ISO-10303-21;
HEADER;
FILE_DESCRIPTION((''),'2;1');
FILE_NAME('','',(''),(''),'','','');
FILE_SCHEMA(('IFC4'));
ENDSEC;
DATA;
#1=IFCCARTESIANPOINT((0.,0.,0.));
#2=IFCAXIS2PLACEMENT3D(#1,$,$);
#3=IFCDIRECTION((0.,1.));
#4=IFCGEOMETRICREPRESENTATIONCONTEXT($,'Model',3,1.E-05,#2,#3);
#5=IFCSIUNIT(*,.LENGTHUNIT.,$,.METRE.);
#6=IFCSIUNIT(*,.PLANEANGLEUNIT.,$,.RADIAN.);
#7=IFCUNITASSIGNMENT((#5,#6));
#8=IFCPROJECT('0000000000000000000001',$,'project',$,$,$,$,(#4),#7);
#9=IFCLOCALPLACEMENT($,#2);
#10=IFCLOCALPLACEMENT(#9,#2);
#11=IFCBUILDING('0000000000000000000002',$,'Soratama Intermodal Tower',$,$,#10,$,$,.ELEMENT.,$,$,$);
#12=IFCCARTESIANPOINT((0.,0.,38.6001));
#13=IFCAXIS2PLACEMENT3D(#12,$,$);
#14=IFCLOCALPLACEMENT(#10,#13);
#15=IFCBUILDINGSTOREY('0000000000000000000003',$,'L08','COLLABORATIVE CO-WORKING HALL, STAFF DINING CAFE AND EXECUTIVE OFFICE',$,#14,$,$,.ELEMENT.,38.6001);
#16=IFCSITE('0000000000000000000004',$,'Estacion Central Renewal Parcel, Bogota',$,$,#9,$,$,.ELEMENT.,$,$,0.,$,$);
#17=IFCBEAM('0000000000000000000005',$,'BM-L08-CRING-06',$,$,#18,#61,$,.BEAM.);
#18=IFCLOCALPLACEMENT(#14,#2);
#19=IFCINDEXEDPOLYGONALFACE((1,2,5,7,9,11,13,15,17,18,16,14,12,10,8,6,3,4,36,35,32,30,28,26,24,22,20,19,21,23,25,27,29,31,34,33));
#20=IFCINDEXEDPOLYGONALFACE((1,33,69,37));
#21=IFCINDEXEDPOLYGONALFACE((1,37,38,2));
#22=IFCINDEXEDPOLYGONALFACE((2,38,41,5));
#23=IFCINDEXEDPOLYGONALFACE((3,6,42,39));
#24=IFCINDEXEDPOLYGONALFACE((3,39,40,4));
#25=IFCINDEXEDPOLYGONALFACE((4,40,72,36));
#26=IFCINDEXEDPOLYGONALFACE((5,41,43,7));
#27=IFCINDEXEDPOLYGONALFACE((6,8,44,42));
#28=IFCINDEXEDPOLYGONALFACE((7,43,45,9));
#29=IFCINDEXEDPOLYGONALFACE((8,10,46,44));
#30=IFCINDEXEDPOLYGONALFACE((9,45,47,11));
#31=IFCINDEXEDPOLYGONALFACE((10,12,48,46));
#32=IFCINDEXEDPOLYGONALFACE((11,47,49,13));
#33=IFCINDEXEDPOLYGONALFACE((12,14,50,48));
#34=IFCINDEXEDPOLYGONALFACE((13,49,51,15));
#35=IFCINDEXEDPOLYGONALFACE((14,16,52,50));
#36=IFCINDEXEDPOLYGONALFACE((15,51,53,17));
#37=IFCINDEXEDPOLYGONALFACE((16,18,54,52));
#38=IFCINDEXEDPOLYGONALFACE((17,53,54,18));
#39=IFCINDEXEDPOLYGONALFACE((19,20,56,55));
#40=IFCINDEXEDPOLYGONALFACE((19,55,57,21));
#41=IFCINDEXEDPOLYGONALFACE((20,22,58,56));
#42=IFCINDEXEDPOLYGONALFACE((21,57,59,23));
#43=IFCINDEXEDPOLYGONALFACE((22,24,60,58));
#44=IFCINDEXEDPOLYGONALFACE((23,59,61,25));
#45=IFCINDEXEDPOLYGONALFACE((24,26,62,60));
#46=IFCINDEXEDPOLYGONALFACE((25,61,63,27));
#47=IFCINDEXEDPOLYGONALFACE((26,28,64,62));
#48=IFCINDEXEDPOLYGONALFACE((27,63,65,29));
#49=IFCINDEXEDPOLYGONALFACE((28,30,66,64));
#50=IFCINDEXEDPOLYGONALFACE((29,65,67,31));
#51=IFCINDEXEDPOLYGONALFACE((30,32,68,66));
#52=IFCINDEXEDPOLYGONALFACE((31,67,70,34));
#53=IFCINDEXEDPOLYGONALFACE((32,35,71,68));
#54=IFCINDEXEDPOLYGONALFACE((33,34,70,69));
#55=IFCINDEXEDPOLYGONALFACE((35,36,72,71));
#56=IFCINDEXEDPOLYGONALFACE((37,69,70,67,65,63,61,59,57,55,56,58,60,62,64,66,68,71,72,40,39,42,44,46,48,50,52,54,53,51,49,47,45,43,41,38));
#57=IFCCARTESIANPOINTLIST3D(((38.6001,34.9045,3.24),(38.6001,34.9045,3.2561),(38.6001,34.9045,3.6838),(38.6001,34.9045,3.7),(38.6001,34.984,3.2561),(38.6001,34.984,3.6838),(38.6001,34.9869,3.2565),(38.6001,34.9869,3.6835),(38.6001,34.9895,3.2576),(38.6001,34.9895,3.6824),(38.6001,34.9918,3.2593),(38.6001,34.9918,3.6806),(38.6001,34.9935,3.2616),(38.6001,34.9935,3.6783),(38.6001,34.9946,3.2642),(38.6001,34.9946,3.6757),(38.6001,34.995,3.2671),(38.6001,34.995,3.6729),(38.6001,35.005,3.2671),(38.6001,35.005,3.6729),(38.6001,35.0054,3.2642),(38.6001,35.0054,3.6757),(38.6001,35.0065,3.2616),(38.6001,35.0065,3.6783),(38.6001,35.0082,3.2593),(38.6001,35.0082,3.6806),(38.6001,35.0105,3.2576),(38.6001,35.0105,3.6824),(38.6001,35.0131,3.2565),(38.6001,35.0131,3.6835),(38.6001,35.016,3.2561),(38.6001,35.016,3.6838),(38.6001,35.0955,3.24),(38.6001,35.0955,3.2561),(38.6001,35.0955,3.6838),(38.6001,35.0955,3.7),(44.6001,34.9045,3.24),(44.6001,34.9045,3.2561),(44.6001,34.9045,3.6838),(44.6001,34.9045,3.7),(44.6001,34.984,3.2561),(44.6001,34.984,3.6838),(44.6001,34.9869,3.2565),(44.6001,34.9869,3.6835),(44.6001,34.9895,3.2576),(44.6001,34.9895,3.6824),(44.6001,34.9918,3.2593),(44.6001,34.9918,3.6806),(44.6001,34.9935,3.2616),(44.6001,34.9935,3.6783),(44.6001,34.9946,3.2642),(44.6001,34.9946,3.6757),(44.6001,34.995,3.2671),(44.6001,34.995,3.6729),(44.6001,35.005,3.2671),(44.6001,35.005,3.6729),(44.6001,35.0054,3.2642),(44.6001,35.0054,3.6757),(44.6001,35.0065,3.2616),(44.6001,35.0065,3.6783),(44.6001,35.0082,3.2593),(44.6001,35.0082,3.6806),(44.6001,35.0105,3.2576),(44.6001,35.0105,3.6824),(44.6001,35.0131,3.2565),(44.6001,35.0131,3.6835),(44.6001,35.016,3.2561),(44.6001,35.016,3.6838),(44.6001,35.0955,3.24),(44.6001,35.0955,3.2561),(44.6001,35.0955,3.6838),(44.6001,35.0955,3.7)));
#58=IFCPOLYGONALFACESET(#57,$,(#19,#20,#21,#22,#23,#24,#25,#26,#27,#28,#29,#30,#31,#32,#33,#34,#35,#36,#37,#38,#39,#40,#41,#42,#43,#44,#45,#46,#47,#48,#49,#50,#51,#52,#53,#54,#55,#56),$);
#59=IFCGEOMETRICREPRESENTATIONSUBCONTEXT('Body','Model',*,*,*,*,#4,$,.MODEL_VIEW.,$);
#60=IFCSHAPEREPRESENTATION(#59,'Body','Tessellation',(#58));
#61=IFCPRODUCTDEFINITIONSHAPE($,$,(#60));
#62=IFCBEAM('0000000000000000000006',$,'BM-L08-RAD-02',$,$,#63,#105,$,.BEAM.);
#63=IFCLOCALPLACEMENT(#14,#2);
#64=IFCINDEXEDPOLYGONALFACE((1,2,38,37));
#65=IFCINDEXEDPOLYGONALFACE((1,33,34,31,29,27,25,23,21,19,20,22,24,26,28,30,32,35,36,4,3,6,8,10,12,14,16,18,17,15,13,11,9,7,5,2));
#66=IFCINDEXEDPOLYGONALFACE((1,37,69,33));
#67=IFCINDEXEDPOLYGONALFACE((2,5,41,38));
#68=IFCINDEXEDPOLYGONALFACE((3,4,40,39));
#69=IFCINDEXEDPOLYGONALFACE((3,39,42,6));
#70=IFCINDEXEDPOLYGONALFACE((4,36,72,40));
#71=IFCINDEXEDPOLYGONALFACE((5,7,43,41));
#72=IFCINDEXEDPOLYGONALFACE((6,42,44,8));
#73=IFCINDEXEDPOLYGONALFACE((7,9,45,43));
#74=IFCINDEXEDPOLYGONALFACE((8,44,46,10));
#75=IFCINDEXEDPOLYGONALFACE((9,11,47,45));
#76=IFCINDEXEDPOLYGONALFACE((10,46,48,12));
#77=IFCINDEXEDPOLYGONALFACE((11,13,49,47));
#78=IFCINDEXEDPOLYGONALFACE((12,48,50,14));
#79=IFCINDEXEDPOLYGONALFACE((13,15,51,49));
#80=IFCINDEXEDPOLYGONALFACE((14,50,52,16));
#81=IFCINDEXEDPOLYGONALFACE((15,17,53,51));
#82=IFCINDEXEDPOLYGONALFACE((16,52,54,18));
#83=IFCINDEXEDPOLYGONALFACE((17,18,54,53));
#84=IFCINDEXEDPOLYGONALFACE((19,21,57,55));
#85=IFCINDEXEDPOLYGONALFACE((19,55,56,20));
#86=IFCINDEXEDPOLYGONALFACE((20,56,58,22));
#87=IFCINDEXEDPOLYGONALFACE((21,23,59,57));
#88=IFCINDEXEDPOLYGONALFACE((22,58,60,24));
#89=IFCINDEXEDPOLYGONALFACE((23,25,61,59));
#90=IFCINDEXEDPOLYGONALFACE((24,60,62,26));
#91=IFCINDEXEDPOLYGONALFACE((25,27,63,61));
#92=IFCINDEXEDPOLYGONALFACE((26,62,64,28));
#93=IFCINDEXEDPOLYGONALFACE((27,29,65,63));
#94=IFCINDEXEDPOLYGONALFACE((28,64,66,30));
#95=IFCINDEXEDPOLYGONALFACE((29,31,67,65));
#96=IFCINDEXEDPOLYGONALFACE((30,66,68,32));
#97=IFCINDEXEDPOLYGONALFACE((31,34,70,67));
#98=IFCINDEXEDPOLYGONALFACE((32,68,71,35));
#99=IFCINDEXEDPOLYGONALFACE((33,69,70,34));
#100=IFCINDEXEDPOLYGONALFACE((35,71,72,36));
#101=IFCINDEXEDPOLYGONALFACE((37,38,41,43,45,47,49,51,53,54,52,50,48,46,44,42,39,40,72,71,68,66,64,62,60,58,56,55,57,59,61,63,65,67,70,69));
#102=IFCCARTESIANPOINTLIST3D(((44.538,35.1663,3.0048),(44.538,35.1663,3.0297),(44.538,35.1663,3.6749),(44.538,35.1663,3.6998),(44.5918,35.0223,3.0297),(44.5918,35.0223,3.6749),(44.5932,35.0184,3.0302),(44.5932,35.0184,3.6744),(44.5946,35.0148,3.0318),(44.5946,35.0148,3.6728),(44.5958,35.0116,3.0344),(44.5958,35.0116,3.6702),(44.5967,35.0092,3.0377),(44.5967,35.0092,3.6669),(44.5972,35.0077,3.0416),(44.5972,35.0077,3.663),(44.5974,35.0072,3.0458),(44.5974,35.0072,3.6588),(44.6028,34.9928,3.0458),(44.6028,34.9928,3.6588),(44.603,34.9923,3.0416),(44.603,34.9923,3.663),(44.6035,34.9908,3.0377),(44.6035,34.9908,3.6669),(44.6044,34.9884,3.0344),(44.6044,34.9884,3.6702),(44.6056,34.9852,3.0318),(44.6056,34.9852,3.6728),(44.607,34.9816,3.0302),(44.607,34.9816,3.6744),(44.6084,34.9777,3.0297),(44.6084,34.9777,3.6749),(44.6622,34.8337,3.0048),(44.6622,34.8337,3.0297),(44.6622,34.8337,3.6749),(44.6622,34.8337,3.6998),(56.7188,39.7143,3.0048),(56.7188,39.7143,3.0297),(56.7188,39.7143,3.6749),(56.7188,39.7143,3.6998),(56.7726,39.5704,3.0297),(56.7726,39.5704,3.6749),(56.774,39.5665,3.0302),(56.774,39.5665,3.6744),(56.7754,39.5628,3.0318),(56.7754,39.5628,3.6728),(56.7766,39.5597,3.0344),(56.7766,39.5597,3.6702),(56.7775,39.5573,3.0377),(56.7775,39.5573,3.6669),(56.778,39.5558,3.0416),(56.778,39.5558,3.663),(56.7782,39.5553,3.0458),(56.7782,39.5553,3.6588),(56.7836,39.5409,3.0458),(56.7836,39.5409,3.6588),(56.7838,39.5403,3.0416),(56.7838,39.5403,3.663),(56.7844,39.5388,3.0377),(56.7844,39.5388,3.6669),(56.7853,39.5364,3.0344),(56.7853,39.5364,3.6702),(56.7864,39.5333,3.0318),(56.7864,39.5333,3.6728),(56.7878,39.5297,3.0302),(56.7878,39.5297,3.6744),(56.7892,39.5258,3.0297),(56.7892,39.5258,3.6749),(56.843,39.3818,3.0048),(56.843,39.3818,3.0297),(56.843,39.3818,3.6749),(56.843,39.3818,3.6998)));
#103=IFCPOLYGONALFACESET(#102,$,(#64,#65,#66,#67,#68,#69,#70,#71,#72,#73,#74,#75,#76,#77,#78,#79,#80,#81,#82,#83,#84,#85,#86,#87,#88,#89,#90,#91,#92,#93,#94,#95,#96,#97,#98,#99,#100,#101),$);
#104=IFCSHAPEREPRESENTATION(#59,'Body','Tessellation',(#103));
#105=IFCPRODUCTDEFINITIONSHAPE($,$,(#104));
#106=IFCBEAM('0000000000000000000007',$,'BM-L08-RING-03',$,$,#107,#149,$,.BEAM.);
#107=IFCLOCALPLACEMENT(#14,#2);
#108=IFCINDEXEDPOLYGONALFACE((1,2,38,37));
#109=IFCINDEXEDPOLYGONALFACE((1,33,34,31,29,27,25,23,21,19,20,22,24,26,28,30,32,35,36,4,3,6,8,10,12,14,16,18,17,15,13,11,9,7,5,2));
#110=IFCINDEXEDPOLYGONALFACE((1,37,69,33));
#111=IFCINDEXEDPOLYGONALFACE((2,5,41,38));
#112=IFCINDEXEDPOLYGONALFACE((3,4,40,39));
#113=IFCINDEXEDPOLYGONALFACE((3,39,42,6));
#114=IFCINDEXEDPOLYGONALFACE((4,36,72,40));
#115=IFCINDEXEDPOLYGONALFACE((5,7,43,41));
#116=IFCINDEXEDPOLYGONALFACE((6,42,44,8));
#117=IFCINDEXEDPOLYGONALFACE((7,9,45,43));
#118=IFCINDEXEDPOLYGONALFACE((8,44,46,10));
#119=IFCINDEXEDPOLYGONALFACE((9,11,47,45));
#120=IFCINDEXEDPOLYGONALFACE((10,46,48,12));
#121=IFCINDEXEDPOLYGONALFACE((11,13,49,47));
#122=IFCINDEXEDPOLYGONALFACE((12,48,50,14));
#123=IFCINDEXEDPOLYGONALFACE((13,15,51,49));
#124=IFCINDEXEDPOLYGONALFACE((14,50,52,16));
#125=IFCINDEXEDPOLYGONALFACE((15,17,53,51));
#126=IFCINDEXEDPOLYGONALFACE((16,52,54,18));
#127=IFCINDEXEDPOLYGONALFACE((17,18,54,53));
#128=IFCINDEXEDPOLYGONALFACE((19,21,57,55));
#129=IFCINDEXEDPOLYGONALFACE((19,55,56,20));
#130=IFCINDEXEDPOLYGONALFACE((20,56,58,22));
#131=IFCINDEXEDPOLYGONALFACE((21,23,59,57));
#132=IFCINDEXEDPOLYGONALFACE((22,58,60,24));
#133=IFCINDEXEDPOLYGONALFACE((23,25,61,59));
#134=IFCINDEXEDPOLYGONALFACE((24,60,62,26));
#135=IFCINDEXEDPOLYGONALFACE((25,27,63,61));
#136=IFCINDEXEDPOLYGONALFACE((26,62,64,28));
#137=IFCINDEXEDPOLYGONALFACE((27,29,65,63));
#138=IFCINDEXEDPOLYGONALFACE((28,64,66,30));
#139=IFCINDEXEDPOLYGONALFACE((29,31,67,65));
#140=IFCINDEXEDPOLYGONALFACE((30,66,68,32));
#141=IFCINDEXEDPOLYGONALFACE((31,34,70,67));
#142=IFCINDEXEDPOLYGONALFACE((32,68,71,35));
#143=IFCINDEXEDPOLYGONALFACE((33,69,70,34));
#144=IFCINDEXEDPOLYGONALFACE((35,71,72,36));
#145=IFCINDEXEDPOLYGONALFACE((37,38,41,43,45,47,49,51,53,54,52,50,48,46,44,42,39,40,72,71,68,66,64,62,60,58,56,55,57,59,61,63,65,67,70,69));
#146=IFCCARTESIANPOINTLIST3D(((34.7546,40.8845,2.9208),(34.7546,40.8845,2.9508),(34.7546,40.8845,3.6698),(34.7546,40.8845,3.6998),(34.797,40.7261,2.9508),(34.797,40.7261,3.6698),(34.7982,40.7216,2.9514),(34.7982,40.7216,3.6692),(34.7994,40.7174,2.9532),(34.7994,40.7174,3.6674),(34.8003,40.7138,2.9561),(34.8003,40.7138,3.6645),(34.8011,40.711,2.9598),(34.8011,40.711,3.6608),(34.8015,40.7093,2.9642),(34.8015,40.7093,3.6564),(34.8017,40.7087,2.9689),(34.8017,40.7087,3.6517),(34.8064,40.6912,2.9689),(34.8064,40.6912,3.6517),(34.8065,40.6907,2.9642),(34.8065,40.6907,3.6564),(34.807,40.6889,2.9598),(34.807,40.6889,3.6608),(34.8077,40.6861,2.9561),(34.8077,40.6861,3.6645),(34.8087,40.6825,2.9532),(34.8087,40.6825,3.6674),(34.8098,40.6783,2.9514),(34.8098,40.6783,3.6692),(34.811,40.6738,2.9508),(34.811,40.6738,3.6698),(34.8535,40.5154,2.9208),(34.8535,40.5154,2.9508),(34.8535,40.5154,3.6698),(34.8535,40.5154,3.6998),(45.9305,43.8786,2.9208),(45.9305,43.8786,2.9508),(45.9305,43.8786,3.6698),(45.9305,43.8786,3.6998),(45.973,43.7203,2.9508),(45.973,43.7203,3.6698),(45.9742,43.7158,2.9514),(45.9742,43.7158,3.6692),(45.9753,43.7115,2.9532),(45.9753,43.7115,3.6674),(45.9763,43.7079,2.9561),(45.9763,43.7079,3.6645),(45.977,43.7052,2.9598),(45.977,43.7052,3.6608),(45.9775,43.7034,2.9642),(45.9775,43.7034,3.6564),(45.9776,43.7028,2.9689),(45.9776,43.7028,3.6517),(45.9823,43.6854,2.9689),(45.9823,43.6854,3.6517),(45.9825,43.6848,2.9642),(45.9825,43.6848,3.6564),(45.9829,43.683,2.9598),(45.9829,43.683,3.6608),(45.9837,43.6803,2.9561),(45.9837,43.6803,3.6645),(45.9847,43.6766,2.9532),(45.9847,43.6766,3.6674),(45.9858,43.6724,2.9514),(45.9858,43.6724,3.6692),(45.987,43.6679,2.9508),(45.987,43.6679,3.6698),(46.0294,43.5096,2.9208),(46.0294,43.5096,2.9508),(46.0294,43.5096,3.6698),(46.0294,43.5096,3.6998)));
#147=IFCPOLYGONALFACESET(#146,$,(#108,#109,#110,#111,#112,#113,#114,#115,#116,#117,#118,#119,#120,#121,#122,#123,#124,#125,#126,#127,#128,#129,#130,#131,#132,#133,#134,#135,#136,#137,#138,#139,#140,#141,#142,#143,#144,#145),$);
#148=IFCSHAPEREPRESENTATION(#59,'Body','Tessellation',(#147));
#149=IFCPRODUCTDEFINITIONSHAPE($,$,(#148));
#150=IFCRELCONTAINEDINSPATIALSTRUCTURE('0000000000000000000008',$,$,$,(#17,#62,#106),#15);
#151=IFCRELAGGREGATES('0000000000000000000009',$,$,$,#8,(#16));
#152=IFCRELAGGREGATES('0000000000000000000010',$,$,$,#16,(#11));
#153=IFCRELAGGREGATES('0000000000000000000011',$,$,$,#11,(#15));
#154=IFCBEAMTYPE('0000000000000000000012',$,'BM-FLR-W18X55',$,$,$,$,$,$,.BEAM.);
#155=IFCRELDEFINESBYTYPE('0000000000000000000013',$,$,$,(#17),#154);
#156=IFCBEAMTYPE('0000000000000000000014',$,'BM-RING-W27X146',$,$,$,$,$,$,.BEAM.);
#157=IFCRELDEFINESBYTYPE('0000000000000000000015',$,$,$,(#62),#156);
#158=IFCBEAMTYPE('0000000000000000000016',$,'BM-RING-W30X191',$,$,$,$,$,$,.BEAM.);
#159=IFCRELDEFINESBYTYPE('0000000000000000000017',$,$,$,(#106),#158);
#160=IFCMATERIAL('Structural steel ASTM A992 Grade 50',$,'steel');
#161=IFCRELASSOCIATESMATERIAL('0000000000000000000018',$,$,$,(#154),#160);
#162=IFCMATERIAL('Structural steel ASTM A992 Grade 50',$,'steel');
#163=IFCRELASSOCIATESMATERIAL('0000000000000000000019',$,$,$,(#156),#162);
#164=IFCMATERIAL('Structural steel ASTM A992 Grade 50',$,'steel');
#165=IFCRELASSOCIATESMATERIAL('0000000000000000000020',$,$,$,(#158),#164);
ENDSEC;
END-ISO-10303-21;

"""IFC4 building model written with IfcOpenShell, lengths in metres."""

from ifc_helpers import new_model, si_unit, direction, frame, origin, origin_2d, place, context, subcontext, project, spatial, i_section, extrude, material, material_profile, profile_set, type_object, element, save


model = new_model("IFC4")

# Units and contexts
model_context = context("Model", 3, precision=1e-05, world=origin(), true_north=direction((0.0, 1.0)))
body_context = subcontext(model_context, "Body", "Model", "MODEL_VIEW")
ifc_project = project(units=[si_unit("LENGTHUNIT", "METRE"), si_unit("PLANEANGLEUNIT", "RADIAN")], contexts=[model_context])

# Site, building, storey
site_placement = place(None, origin())
site = spatial("IfcSite", under=ifc_project, at=site_placement, Name="Estacion Central Renewal Parcel, Bogota", CompositionType="ELEMENT", RefElevation=0.0)
building_placement = place(site_placement, origin())
building = spatial("IfcBuilding", under=site, at=building_placement, Name="Soratama Intermodal Tower", CompositionType="ELEMENT")
storey_placement = place(building_placement, frame((0.0, 0.0, 38.6001)))
storey = spatial("IfcBuildingStorey", under=building, at=storey_placement, Name="L08", Description="COLLABORATIVE CO-WORKING HALL, STAFF DINING CAFE AND EXECUTIVE OFFICE", CompositionType="ELEMENT", Elevation=38.6001)

# Beams
ifc_material_1 = material(Name="Structural steel ASTM A992 Grade 50", Category="steel")
ifc_material_profile_1 = material_profile(ifc_material_1, i_section(OverallWidth=0.1909, OverallDepth=0.46, WebThickness=0.01, FlangeThickness=0.0161, FilletRadius=0.011, at=origin_2d()), Name="W18X55")
ifc_profile_set_1 = profile_set([ifc_material_profile_1], Name="Structural steel ASTM A992 Grade 50")
beam_type_1 = type_object("IfcBeamType", Name="BM-FLR-W18X55", PredefinedType="BEAM", material=ifc_profile_set_1)
beam_1_placement = place(storey_placement, frame((44.6001, 35.0, 3.47), z_axis=(-1.0, 0.0, 0.0), x_axis=(0.0, -1.0, 0.0)))
element("IfcBeam", 1, at=beam_1_placement, inside=storey, type_object=beam_type_1, Name="BM-L08-CRING-06", PredefinedType="BEAM", context=body_context, shape_type="SweptSolid", body=[
    extrude(i_section(OverallWidth=0.1909, OverallDepth=0.46, WebThickness=0.01, FlangeThickness=0.0161, FilletRadius=0.011, at=origin_2d()), origin(), (0.0, 0.0, 1.0), 6.0),
])
ifc_material_2 = material(Name="Structural steel ASTM A992 Grade 50", Category="steel")
ifc_material_profile_2 = material_profile(ifc_material_2, i_section(OverallWidth=0.355, OverallDepth=0.6951, WebThickness=0.0154, FlangeThickness=0.0249, FilletRadius=0.0161, at=origin_2d()), Name="W27X146")
ifc_profile_set_2 = profile_set([ifc_material_profile_2], Name="Structural steel ASTM A992 Grade 50")
beam_type_2 = type_object("IfcBeamType", Name="BM-RING-W27X146", PredefinedType="BEAM", material=ifc_profile_set_2)
beam_2_placement = place(storey_placement, frame((44.6001, 35.0, 3.3523), z_axis=(0.936827, 0.349792, 0.0), x_axis=(-0.349792, 0.936827, 0.0)))
element("IfcBeam", 2, at=beam_2_placement, inside=storey, type_object=beam_type_2, Name="BM-L08-RAD-02", PredefinedType="BEAM", context=body_context, shape_type="SweptSolid", body=[
    extrude(i_section(OverallWidth=0.355, OverallDepth=0.6951, WebThickness=0.0154, FlangeThickness=0.0249, FilletRadius=0.0161, at=origin_2d()), origin(), (0.0, 0.0, 1.0), 13.0022),
])
ifc_material_3 = material(Name="Structural steel ASTM A992 Grade 50", Category="steel")
ifc_material_profile_3 = material_profile(ifc_material_3, i_section(OverallWidth=0.3821, OverallDepth=0.7791, WebThickness=0.0181, FlangeThickness=0.03, FilletRadius=0.0181, at=origin_2d()), Name="W30X191")
ifc_profile_set_3 = profile_set([ifc_material_profile_3], Name="Structural steel ASTM A992 Grade 50")
beam_type_3 = type_object("IfcBeamType", Name="BM-RING-W30X191", PredefinedType="BEAM", material=ifc_profile_set_3)
beam_3_placement = place(storey_placement, frame((45.98, 43.6941, 3.3103), z_axis=(-0.965936, -0.258781, 0.0), x_axis=(0.258781, -0.965936, 0.0)))
element("IfcBeam", 3, at=beam_3_placement, inside=storey, type_object=beam_type_3, Name="BM-L08-RING-03", PredefinedType="BEAM", context=body_context, shape_type="SweptSolid", body=[
    extrude(i_section(OverallWidth=0.3821, OverallDepth=0.7791, WebThickness=0.0181, FlangeThickness=0.03, FilletRadius=0.0181, at=origin_2d()), origin(), (0.0, 0.0, 1.0), 11.5701),
])

save(model, "model.ifc")
